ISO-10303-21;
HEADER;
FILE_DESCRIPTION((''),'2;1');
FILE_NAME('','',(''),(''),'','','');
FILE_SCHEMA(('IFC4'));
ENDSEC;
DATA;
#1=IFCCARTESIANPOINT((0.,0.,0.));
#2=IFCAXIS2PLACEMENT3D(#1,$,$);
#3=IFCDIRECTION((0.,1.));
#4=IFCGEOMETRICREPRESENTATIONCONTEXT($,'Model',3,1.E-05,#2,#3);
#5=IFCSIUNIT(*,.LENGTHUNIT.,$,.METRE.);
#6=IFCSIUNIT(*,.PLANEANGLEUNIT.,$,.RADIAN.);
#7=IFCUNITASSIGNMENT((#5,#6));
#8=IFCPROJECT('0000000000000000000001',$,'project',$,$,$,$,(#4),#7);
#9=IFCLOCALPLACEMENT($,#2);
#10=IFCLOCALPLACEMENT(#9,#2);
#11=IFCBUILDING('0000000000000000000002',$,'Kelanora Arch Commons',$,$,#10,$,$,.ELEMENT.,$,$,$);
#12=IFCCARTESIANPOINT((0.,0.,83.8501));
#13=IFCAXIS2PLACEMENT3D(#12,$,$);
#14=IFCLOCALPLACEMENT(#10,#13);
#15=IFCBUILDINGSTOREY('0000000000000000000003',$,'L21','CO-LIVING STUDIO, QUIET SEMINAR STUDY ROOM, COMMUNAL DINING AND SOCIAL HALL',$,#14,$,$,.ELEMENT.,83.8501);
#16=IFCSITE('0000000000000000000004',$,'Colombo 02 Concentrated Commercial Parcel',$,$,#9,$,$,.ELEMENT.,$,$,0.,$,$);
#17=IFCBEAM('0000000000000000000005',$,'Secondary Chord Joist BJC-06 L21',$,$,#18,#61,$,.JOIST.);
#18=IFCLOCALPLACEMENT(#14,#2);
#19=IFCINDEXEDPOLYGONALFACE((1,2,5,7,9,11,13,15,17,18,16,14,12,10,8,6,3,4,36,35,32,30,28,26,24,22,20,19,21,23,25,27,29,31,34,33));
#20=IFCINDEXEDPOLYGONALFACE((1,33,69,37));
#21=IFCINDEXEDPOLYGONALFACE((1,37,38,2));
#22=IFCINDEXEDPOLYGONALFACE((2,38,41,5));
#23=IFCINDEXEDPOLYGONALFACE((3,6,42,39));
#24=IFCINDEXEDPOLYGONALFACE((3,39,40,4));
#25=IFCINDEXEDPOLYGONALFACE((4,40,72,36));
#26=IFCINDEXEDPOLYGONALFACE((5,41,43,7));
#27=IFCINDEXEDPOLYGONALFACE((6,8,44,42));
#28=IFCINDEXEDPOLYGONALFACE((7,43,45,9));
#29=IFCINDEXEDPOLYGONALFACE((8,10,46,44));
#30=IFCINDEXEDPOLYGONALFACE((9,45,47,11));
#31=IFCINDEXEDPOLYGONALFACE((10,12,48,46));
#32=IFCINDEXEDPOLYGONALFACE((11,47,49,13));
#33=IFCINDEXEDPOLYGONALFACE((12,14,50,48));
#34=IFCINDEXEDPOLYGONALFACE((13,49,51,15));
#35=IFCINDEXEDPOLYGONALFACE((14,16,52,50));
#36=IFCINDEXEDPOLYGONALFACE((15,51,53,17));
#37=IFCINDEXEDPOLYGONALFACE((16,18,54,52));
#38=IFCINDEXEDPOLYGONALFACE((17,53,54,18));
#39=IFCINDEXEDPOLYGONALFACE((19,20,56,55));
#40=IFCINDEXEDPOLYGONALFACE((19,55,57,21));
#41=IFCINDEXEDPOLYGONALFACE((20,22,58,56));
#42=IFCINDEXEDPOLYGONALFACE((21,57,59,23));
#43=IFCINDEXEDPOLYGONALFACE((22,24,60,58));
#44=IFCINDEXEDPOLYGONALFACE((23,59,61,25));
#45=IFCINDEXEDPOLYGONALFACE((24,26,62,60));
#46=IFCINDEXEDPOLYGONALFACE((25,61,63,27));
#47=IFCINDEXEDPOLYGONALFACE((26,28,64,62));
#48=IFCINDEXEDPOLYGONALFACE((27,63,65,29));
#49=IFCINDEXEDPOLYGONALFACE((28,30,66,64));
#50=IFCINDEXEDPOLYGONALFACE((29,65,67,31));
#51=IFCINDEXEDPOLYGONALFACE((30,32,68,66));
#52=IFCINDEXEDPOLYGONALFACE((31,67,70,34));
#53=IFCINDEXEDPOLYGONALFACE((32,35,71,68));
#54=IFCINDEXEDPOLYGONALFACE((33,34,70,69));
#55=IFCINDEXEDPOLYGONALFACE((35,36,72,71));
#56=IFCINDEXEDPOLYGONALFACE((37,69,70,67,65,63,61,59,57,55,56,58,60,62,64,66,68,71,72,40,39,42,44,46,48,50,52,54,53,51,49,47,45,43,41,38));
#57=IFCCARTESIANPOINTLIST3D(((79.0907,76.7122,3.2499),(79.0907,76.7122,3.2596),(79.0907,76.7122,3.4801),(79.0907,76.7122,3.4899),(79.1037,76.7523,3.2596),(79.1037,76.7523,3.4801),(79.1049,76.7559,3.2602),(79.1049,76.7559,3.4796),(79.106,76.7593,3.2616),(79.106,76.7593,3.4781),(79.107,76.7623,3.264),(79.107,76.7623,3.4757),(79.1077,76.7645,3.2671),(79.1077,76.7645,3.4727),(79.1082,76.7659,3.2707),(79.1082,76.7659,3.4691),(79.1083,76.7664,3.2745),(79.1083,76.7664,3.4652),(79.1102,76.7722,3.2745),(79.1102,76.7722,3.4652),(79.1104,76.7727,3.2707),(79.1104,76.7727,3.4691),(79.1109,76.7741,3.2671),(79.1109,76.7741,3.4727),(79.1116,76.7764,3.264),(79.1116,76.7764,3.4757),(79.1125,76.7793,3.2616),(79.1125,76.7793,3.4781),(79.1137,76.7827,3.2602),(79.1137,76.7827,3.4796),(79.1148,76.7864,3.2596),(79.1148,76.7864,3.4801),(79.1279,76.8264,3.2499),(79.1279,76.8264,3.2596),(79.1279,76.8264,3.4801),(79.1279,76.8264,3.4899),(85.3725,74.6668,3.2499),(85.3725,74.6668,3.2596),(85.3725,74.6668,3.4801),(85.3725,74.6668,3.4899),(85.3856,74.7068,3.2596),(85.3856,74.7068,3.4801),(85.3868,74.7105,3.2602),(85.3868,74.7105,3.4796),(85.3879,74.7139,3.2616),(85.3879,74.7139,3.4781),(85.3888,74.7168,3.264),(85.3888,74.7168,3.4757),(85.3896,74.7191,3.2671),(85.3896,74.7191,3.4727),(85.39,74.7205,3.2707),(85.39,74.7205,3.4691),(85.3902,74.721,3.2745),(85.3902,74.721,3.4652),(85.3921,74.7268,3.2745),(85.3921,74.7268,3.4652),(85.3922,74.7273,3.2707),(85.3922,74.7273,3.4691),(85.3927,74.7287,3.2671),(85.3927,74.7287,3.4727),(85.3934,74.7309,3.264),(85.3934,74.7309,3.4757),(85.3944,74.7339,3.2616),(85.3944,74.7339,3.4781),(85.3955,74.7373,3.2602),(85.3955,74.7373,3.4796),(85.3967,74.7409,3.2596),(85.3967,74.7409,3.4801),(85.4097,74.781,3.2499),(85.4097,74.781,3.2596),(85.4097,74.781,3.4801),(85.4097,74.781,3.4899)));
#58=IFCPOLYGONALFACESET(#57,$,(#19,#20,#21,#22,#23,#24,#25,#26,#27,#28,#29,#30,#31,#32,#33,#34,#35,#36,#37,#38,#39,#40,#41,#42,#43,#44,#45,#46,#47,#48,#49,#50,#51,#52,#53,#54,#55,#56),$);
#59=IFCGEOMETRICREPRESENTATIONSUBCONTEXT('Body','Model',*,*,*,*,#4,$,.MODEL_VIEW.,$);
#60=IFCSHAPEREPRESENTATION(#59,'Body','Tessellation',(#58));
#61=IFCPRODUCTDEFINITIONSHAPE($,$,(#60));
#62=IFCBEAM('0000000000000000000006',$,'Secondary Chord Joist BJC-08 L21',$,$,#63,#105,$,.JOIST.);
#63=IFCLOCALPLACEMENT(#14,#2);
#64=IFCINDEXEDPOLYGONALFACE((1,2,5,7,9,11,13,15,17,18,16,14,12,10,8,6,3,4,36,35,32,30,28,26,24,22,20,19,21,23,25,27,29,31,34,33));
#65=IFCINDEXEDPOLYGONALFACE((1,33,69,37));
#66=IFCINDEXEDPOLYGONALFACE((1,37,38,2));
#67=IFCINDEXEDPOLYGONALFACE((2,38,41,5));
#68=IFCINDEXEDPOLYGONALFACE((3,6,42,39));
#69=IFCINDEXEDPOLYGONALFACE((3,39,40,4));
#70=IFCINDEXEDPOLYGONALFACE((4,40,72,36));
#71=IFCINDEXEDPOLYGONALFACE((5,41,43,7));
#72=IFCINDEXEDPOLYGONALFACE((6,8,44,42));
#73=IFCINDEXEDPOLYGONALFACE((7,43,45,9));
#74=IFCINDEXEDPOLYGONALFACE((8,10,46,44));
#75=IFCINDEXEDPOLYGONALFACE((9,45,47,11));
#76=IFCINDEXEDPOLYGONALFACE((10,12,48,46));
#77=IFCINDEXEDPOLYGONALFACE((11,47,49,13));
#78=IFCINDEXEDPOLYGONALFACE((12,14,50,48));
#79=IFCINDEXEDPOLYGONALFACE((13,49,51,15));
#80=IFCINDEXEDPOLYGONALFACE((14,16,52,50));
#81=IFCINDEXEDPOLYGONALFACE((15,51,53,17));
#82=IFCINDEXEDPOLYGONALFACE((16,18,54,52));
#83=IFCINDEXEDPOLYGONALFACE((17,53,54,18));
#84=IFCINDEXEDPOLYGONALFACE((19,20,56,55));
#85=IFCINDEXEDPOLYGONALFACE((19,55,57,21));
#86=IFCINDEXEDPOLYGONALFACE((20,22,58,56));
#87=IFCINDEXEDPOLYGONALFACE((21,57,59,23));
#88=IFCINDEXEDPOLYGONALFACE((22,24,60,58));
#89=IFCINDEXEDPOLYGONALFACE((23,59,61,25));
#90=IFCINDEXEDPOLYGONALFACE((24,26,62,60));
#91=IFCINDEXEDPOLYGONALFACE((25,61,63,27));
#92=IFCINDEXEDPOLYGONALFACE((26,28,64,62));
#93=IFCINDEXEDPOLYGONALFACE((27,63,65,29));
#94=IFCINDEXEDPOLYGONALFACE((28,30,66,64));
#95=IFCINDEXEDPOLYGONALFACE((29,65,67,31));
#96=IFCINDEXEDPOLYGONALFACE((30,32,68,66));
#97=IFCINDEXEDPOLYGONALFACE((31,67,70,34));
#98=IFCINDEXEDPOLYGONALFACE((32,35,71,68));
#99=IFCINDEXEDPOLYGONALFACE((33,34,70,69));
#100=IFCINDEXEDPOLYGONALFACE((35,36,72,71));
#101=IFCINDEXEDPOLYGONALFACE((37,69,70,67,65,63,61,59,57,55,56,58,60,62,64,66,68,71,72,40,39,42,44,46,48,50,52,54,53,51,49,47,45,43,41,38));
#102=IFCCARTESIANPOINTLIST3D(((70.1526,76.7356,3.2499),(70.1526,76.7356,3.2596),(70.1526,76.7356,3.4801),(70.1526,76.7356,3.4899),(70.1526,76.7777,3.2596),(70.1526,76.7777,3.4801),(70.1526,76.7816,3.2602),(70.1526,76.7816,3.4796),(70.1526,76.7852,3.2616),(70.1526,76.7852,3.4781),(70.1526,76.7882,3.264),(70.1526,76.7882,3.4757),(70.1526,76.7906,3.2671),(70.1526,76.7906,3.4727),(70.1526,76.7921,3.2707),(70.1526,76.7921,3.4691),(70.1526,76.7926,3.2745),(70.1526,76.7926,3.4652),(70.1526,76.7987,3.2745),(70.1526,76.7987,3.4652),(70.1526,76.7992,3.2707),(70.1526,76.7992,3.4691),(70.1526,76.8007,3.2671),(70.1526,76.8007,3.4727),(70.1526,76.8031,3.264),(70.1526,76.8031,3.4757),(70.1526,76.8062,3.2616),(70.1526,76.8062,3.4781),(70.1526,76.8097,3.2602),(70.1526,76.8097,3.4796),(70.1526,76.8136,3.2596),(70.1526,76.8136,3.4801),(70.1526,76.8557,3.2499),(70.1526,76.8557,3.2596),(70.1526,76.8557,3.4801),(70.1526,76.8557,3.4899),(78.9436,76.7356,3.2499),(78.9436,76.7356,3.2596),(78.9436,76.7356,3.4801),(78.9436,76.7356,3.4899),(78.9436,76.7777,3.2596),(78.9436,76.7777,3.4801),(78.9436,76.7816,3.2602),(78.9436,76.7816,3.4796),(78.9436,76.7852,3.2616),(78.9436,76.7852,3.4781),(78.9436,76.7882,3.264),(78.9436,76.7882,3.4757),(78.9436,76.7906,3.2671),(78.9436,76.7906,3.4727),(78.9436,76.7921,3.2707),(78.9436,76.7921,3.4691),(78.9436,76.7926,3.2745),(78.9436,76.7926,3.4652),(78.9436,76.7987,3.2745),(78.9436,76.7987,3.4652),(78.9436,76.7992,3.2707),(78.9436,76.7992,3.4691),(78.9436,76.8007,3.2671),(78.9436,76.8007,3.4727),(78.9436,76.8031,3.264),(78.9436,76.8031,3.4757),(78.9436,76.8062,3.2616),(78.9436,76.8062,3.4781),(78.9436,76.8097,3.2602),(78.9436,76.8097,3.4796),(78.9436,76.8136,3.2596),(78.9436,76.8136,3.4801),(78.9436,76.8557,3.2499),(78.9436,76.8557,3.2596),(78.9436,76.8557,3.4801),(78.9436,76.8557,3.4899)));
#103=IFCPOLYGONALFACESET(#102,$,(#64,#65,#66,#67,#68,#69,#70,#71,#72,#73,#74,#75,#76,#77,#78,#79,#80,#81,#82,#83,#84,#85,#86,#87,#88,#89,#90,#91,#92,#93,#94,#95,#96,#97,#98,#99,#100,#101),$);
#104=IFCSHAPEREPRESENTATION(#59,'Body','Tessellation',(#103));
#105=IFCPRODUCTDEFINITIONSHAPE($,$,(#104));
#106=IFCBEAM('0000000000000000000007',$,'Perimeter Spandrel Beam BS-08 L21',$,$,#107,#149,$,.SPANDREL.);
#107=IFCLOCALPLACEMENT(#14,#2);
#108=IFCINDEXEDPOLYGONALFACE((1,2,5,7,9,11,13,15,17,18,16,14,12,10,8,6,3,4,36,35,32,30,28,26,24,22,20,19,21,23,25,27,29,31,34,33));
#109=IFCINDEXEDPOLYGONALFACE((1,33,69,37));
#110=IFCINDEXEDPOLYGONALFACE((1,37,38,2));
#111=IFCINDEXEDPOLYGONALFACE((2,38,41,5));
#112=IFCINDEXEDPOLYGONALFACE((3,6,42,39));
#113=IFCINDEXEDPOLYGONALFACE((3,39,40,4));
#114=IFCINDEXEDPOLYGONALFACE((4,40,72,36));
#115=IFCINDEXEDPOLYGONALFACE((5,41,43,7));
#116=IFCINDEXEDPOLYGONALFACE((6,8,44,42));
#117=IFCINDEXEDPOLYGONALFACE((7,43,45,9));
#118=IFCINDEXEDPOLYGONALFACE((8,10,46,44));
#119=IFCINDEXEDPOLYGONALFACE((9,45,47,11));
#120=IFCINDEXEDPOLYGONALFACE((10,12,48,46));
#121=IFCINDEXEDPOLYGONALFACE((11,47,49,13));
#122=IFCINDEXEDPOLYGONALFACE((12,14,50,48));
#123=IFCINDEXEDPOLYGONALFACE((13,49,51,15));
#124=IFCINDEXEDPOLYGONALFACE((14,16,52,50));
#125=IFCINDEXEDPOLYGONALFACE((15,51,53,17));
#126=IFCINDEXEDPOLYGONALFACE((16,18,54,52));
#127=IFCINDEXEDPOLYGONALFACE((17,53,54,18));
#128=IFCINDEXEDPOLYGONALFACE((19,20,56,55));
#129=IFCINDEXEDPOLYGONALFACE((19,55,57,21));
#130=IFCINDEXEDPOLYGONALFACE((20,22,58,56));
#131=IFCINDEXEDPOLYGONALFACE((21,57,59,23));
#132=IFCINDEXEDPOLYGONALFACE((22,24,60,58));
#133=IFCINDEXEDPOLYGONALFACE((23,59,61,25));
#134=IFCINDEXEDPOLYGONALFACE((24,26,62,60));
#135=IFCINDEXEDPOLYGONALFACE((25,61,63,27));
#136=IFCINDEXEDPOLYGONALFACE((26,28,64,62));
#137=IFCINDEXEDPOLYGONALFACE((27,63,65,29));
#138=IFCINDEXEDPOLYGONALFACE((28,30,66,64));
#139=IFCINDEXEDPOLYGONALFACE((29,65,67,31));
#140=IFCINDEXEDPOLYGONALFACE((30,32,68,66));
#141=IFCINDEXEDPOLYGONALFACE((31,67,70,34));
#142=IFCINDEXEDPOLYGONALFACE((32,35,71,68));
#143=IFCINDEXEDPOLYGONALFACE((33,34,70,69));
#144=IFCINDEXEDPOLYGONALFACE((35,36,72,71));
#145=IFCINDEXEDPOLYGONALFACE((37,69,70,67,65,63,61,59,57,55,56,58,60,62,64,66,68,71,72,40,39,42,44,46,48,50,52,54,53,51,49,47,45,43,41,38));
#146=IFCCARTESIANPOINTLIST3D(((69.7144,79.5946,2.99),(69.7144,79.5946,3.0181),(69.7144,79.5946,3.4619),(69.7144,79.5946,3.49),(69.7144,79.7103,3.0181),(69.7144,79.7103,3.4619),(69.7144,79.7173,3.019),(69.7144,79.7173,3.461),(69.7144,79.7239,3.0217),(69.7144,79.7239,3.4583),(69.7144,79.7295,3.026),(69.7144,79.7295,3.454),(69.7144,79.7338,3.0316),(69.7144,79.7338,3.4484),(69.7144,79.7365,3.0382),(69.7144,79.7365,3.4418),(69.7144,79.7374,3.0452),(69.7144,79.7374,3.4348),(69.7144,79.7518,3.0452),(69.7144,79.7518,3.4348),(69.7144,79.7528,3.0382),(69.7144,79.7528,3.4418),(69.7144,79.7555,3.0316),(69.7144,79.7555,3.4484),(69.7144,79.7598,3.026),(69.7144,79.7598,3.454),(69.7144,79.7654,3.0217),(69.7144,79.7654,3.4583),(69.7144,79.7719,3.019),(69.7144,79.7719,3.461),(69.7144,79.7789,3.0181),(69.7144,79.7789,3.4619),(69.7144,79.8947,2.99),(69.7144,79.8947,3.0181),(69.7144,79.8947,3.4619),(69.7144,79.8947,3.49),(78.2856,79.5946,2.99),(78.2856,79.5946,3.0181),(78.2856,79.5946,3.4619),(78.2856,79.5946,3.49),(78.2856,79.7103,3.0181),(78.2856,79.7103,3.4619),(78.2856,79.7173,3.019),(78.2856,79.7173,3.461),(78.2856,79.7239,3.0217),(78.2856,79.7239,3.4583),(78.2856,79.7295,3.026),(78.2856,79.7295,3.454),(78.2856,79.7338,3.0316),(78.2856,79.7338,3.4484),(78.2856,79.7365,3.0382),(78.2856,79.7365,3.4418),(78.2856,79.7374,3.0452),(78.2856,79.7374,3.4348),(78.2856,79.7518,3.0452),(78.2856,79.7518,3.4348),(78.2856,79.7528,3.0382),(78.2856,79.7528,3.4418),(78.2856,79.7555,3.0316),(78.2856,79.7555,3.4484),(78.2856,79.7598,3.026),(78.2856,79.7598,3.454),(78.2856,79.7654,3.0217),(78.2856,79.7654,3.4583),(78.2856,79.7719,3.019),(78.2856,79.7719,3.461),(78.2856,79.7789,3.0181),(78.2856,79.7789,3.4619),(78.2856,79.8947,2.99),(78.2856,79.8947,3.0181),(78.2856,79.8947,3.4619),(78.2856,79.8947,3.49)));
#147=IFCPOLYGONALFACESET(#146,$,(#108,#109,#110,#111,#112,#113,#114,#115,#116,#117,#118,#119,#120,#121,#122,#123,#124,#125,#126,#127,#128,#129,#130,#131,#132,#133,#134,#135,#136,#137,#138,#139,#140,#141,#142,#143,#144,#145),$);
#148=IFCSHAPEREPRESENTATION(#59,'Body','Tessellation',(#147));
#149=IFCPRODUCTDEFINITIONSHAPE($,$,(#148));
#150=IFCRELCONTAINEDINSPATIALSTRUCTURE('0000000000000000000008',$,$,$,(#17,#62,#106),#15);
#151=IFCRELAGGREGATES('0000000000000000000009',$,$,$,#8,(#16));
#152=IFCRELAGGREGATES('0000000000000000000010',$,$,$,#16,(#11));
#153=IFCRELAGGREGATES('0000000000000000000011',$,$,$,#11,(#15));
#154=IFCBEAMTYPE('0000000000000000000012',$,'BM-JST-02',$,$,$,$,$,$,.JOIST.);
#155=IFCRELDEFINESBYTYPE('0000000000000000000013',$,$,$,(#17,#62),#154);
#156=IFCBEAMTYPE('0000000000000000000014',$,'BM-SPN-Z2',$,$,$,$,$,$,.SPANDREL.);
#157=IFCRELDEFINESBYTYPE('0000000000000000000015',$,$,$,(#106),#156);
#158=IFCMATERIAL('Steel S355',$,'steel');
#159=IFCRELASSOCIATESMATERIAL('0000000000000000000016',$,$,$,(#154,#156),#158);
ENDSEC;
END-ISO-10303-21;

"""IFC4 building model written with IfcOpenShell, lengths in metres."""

from ifc_helpers import new_model, si_unit, direction, frame, origin, origin_2d, place, context, subcontext, project, spatial, i_section, extrude, material, material_profile, profile_set, type_object, element, save


model = new_model("IFC4")

# Units and contexts
model_context = context("Model", 3, precision=1e-05, world=origin(), true_north=direction((0.0, 1.0)))
body_context = subcontext(model_context, "Body", "Model", "MODEL_VIEW")
ifc_project = project(units=[si_unit("LENGTHUNIT", "METRE"), si_unit("PLANEANGLEUNIT", "RADIAN")], contexts=[model_context])

# Site, building, storey
site_placement = place(None, origin())
site = spatial("IfcSite", under=ifc_project, at=site_placement, Name="Colombo 02 Concentrated Commercial Parcel", CompositionType="ELEMENT", RefElevation=0.0)
building_placement = place(site_placement, origin())
building = spatial("IfcBuilding", under=site, at=building_placement, Name="Kelanora Arch Commons", CompositionType="ELEMENT")
storey_placement = place(building_placement, frame((0.0, 0.0, 83.8501)))
storey = spatial("IfcBuildingStorey", under=building, at=storey_placement, Name="L21", Description="CO-LIVING STUDIO, QUIET SEMINAR STUDY ROOM, COMMUNAL DINING AND SOCIAL HALL", CompositionType="ELEMENT", Elevation=83.8501)

# Beams
ifc_material_1 = material(Name="Steel S355", Category="steel")
ifc_material_profile_1 = material_profile(ifc_material_1, i_section(OverallWidth=0.1201, OverallDepth=0.24, WebThickness=0.0061, FlangeThickness=0.0098, FilletRadius=0.0149, at=origin_2d()), Name="IPE240")
ifc_profile_set_1 = profile_set([ifc_material_profile_1], Name="Steel S355")
beam_type_1 = type_object("IfcBeamType", Name="BM-JST-02", PredefinedType="JOIST", material=ifc_profile_set_1)
beam_1_placement = place(storey_placement, frame((85.3911, 74.7239, 3.3699), z_axis=(-0.950863, 0.309612, 0.0), x_axis=(-0.309612, -0.950863, 0.0)))
element("IfcBeam", 1, at=beam_1_placement, inside=storey, type_object=beam_type_1, Name="Secondary Chord Joist BJC-06 L21", PredefinedType="JOIST", context=body_context, shape_type="SweptSolid", body=[
    extrude(i_section(OverallWidth=0.1201, OverallDepth=0.24, WebThickness=0.0061, FlangeThickness=0.0098, FilletRadius=0.0149, at=origin_2d()), origin(), (0.0, 0.0, 1.0), 6.6064),
])
beam_2_placement = place(storey_placement, frame((78.9436, 76.7957, 3.3699), z_axis=(-1.0, 0.0, 0.0), x_axis=(0.0, -1.0, 0.0)))
element("IfcBeam", 2, at=beam_2_placement, inside=storey, type_object=beam_type_1, Name="Secondary Chord Joist BJC-08 L21", PredefinedType="JOIST", context=body_context, shape_type="SweptSolid", body=[
    extrude(i_section(OverallWidth=0.1201, OverallDepth=0.24, WebThickness=0.0061, FlangeThickness=0.0098, FilletRadius=0.0149, at=origin_2d()), origin(), (0.0, 0.0, 1.0), 8.791),
])
ifc_material_profile_2 = material_profile(ifc_material_1, i_section(OverallWidth=0.3, OverallDepth=0.5, WebThickness=0.0144, FlangeThickness=0.0281, FilletRadius=0.0271, at=origin_2d()), Name="HEB500")
ifc_profile_set_2 = profile_set([ifc_material_profile_2], Name="Steel S355")
beam_type_2 = type_object("IfcBeamType", Name="BM-SPN-Z2", PredefinedType="SPANDREL", material=ifc_profile_set_2)
beam_3_placement = place(storey_placement, frame((78.2856, 79.7446, 3.24), z_axis=(-1.0, 0.0, 0.0), x_axis=(0.0, -1.0, 0.0)))
element("IfcBeam", 3, at=beam_3_placement, inside=storey, type_object=beam_type_2, Name="Perimeter Spandrel Beam BS-08 L21", PredefinedType="SPANDREL", context=body_context, shape_type="SweptSolid", body=[
    extrude(i_section(OverallWidth=0.3, OverallDepth=0.5, WebThickness=0.0144, FlangeThickness=0.0281, FilletRadius=0.0271, at=origin_2d()), origin(), (0.0, 0.0, 1.0), 8.5713),
])

save(model, "model.ifc")
